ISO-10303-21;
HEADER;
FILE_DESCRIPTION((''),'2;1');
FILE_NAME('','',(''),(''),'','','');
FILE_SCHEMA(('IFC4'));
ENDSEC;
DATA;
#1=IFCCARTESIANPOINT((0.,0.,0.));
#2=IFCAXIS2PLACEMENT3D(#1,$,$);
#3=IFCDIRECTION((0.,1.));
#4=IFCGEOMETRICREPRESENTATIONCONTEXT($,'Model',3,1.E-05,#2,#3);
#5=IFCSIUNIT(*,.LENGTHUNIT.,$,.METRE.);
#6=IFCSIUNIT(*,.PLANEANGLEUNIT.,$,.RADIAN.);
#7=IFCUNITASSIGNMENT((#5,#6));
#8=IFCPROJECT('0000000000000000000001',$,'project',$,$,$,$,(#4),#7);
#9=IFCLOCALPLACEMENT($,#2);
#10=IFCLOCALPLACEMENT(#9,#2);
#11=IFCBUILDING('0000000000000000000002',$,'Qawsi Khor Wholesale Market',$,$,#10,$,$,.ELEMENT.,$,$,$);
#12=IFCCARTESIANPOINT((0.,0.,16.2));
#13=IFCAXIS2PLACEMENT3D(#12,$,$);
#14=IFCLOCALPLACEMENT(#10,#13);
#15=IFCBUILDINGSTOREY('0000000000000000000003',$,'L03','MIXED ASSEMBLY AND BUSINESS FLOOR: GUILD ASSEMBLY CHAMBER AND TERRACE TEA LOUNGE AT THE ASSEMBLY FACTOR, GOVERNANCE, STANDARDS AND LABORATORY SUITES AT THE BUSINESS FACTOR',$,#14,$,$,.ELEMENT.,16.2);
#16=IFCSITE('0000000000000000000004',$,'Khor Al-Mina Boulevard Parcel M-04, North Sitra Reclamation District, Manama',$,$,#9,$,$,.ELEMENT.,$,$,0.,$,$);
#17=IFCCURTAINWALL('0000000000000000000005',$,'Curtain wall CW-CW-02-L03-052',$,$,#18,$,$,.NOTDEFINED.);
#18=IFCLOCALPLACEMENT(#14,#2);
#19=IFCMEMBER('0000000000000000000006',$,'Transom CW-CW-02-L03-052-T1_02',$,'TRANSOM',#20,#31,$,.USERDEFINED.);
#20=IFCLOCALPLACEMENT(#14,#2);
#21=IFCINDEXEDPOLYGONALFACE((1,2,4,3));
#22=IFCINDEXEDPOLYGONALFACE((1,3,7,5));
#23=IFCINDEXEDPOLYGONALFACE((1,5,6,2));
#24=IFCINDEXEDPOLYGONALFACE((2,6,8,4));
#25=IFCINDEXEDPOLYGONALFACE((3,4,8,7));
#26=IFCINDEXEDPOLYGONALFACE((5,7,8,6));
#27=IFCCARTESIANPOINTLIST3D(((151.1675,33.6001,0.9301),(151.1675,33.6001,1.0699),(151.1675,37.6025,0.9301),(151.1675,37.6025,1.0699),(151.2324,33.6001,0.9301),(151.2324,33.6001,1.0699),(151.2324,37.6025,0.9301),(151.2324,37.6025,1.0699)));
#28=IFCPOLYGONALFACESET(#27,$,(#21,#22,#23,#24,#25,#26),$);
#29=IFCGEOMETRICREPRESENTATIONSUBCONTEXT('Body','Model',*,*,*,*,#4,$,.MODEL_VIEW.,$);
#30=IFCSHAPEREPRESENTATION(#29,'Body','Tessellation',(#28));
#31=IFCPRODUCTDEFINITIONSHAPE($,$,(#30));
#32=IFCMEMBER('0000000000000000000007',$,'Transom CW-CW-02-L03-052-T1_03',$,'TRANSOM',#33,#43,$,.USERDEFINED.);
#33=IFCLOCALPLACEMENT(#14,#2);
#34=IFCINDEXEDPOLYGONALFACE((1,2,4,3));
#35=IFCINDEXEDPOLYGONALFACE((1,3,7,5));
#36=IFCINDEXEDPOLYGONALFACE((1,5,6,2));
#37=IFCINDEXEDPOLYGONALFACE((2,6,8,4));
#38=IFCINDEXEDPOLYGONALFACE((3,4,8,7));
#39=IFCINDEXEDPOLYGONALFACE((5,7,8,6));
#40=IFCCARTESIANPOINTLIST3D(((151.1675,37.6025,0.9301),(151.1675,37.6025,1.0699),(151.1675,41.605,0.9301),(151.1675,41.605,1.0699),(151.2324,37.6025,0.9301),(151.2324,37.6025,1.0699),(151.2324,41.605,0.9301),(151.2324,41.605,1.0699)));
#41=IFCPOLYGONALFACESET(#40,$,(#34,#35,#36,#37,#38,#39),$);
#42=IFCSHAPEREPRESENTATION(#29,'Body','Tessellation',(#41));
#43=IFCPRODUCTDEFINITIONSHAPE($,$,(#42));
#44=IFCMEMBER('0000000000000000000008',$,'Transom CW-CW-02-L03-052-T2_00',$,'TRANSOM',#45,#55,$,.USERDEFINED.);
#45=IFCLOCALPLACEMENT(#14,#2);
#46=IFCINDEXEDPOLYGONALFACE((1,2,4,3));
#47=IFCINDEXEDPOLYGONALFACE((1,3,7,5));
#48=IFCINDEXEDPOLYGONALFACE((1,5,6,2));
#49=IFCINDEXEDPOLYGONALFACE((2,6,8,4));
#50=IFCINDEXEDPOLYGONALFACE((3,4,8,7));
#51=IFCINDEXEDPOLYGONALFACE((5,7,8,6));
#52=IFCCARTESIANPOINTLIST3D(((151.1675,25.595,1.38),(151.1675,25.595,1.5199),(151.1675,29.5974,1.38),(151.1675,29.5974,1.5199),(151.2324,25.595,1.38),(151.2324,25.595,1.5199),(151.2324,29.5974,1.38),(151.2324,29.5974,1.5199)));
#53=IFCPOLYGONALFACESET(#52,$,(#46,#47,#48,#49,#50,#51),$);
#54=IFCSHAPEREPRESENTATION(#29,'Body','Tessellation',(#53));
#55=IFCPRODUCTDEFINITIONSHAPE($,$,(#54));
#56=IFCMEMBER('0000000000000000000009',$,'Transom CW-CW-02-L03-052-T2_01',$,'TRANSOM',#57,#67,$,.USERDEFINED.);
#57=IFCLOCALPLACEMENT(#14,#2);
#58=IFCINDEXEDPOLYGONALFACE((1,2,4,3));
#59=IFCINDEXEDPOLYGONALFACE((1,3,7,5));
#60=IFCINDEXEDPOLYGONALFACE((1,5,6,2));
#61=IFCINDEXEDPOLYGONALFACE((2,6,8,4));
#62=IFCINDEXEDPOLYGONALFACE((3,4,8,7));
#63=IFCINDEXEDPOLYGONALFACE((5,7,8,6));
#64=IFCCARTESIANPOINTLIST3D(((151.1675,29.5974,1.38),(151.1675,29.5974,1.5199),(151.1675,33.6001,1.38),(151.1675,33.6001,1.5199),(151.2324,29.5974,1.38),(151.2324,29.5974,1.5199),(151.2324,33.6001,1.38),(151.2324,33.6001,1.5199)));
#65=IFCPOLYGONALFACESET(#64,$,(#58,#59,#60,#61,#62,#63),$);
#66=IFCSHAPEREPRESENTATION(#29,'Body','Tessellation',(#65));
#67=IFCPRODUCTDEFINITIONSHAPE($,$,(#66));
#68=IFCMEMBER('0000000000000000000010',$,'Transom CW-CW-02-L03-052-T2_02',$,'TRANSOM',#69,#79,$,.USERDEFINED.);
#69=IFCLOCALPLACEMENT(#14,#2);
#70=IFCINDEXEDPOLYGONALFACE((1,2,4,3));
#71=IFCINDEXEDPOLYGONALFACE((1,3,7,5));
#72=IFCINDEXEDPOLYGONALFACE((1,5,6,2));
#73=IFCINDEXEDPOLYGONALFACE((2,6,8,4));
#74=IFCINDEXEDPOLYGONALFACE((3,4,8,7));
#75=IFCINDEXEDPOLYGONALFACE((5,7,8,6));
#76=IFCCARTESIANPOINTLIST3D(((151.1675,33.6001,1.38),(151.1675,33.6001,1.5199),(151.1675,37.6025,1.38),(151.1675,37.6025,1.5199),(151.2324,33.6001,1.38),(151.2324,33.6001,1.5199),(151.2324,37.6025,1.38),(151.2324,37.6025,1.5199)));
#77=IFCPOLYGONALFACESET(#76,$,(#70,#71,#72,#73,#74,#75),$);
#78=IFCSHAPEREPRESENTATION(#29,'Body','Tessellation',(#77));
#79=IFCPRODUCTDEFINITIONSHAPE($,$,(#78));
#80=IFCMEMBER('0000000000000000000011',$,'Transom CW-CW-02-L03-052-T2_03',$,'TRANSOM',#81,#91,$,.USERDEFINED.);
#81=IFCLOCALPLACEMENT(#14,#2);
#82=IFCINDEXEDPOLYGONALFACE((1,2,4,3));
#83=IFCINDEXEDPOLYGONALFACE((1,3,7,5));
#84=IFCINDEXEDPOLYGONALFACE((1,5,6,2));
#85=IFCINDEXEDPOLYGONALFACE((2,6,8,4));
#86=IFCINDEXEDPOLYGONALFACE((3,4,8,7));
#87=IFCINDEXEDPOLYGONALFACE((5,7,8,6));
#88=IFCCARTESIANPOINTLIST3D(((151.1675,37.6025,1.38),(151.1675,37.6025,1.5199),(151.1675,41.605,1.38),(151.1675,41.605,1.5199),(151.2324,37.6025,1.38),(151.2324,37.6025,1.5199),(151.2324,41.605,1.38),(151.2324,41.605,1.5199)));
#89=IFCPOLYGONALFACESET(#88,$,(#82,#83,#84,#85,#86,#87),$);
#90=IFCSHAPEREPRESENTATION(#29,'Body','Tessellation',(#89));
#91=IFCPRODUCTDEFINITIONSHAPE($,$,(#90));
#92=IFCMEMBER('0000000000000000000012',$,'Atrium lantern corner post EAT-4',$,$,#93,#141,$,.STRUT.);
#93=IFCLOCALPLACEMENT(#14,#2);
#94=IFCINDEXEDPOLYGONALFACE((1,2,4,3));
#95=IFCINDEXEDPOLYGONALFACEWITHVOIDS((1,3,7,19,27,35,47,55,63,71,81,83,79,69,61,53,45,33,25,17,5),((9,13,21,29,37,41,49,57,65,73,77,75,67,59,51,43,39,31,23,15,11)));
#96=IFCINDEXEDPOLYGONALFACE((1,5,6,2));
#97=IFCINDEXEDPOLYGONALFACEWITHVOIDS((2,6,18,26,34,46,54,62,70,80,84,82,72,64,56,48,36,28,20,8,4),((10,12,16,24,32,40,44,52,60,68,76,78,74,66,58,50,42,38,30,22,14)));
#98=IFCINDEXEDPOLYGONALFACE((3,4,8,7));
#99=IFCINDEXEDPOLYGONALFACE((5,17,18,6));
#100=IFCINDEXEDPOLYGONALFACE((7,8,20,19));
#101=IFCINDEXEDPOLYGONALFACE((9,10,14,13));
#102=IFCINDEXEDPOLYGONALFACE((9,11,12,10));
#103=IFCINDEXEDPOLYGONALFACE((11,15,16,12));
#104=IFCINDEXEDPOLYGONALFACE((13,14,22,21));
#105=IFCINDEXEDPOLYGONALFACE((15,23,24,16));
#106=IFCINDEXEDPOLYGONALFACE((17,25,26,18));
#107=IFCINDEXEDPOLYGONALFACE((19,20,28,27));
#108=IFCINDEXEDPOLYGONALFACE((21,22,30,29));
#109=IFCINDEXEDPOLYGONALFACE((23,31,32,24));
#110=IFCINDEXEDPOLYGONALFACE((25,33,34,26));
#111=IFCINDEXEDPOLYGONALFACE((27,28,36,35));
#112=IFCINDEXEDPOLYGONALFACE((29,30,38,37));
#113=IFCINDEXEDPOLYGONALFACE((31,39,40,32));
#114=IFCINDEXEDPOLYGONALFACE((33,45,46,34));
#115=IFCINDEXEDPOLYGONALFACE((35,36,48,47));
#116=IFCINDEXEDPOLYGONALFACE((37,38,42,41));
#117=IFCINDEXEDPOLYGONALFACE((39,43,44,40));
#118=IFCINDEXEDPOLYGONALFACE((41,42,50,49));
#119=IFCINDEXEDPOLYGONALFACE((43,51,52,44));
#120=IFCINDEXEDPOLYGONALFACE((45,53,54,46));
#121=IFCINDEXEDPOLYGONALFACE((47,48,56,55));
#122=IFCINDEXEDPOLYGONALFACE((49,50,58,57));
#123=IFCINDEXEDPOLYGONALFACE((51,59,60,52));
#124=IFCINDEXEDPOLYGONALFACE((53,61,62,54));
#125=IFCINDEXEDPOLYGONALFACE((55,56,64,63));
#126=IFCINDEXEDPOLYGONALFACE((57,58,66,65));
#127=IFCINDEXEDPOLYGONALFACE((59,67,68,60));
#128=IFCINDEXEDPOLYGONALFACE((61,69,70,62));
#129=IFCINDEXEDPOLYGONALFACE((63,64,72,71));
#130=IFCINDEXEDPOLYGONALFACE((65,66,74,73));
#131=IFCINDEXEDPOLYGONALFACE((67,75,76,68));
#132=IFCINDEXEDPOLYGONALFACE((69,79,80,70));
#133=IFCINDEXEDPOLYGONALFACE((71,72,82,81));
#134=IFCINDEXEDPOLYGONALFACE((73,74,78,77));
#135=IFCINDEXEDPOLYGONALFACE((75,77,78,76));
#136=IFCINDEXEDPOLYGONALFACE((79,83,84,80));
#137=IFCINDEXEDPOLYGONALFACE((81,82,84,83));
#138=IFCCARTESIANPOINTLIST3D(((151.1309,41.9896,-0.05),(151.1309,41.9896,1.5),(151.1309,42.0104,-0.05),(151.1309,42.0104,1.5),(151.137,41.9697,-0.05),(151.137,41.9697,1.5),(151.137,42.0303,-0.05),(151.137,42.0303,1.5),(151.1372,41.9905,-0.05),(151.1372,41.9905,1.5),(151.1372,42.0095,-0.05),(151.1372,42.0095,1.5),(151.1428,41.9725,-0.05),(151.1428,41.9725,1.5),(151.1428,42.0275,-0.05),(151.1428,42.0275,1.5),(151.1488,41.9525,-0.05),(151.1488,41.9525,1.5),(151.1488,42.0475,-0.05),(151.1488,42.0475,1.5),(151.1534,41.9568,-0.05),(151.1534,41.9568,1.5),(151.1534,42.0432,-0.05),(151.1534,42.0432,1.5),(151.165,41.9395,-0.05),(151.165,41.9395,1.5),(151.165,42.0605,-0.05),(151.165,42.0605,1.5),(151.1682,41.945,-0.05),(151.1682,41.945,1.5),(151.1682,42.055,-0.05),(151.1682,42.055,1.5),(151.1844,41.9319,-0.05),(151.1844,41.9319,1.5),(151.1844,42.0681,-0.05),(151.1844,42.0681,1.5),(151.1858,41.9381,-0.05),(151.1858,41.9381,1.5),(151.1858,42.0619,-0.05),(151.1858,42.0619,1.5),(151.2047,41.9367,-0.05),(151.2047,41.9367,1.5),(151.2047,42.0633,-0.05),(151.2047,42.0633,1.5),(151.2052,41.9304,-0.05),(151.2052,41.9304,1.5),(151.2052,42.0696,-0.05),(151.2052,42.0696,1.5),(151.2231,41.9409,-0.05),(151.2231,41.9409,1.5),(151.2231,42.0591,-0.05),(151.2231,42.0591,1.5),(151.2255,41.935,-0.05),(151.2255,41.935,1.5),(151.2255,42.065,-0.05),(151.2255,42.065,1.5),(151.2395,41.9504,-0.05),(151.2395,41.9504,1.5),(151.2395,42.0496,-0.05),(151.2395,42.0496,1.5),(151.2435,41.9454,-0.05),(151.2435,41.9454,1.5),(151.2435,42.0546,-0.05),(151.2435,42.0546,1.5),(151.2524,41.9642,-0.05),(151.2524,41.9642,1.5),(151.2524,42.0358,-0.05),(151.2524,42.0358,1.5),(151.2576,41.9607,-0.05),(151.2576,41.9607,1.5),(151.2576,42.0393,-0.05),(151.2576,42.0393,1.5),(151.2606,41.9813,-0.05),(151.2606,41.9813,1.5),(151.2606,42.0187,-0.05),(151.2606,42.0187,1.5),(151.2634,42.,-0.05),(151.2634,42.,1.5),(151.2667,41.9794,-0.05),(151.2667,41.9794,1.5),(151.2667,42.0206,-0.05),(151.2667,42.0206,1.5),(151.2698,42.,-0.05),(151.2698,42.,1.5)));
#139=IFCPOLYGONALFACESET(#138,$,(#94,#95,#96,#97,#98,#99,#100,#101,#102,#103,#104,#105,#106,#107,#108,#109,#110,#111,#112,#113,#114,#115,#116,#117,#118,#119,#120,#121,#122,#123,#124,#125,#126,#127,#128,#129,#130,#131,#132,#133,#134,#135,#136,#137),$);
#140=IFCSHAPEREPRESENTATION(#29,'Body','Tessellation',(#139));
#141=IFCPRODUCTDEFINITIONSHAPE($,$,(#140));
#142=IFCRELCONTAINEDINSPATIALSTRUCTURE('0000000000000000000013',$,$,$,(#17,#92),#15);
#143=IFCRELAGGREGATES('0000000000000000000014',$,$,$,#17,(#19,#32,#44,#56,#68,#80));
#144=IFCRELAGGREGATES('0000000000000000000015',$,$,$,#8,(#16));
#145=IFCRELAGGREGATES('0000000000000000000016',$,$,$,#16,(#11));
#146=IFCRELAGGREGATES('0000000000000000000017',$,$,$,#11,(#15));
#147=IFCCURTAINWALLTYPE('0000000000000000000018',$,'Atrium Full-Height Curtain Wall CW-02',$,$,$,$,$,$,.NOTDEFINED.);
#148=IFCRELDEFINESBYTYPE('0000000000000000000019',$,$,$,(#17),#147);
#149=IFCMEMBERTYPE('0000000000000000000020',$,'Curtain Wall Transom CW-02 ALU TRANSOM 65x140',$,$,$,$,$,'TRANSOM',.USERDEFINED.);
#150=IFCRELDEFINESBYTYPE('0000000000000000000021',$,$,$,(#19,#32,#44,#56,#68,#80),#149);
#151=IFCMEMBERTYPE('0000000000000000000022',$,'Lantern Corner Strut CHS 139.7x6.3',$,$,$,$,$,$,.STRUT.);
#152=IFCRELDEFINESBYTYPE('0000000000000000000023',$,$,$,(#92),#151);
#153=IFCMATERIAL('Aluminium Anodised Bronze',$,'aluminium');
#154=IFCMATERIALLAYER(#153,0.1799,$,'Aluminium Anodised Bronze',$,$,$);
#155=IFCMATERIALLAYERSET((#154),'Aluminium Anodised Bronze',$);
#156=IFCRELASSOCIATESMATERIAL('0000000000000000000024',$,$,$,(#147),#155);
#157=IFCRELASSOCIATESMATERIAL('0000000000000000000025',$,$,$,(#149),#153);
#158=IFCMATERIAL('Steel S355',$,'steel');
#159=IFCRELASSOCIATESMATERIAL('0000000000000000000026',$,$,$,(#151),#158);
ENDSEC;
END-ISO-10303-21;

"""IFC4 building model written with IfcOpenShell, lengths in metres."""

from ifc_helpers import new_model, si_unit, direction, frame, origin, origin_2d, place, context, subcontext, project, spatial, rectangle, hollow_circle, extrude, material, layer, layer_set, material_profile, profile_set, type_object, element, aggregate, save


model = new_model("IFC4")

# Units and contexts
model_context = context("Model", 3, precision=1e-05, world=origin(), true_north=direction((0.0, 1.0)))
body_context = subcontext(model_context, "Body", "Model", "MODEL_VIEW")
ifc_project = project(units=[si_unit("LENGTHUNIT", "METRE"), si_unit("PLANEANGLEUNIT", "RADIAN")], contexts=[model_context])

# Site, building, storey
site_placement = place(None, origin())
site = spatial("IfcSite", under=ifc_project, at=site_placement, Name="Khor Al-Mina Boulevard Parcel M-04, North Sitra Reclamation District, Manama", CompositionType="ELEMENT", RefElevation=0.0)
building_placement = place(site_placement, origin())
building = spatial("IfcBuilding", under=site, at=building_placement, Name="Qawsi Khor Wholesale Market", CompositionType="ELEMENT")
storey_placement = place(building_placement, frame((0.0, 0.0, 16.2)))
storey = spatial("IfcBuildingStorey", under=building, at=storey_placement, Name="L03", Description="MIXED ASSEMBLY AND BUSINESS FLOOR: GUILD ASSEMBLY CHAMBER AND TERRACE TEA LOUNGE AT THE ASSEMBLY FACTOR, GOVERNANCE, STANDARDS AND LABORATORY SUITES AT THE BUSINESS FACTOR", CompositionType="ELEMENT", Elevation=16.2)

# Shared definitions
ifc_material_1 = material(Name="Aluminium Anodised Bronze", Category="aluminium")
ifc_layer_1 = layer(ifc_material_1, 0.1799, Name="Aluminium Anodised Bronze")
ifc_layer_set_1 = layer_set([ifc_layer_1], Name="Aluminium Anodised Bronze")
curtain_wall_type = type_object("IfcCurtainWallType", Name="Atrium Full-Height Curtain Wall CW-02", PredefinedType="NOTDEFINED", material=ifc_layer_set_1)

# Curtain wall
curtain_wall_1_placement = place(storey_placement, origin())
curtain_wall_1 = element("IfcCurtainWall", 1, at=curtain_wall_1_placement, inside=storey, type_object=curtain_wall_type, Name="Curtain wall CW-CW-02-L03-052", PredefinedType="NOTDEFINED")

# Members
ifc_material_profile_1 = material_profile(ifc_material_1, rectangle(XDim=0.0649, YDim=0.1399, at=origin_2d()), Name="ALU TRANSOM 65x140")
ifc_profile_set_1 = profile_set([ifc_material_profile_1], Name="Aluminium Anodised Bronze")
member_type_1 = type_object("IfcMemberType", Name="Curtain Wall Transom CW-02 ALU TRANSOM 65x140", ElementType="TRANSOM", PredefinedType="USERDEFINED", material=ifc_profile_set_1)
member_1_placement = place(storey_placement, frame((151.2, 33.6001, 1.0), z_axis=(0.0, 1.0, 0.0), x_axis=(-1.0, 0.0, 0.0)))
member_1 = element("IfcMember", 2, at=member_1_placement, type_object=member_type_1, Name="Transom CW-CW-02-L03-052-T1_02", ObjectType="TRANSOM", PredefinedType="USERDEFINED", context=body_context, shape_type="SweptSolid", body=[
    extrude(rectangle(XDim=0.0649, YDim=0.1399, at=origin_2d()), origin(), (0.0, 0.0, 1.0), 4.0024),
])
member_2_placement = place(storey_placement, frame((151.2, 37.6025, 1.0), z_axis=(0.0, 1.0, 0.0), x_axis=(-1.0, 0.0, 0.0)))
member_2 = element("IfcMember", 3, at=member_2_placement, type_object=member_type_1, Name="Transom CW-CW-02-L03-052-T1_03", ObjectType="TRANSOM", PredefinedType="USERDEFINED", context=body_context, shape_type="SweptSolid", body=[
    extrude(rectangle(XDim=0.0649, YDim=0.1399, at=origin_2d()), origin(), (0.0, 0.0, 1.0), 4.0024),
])
member_3_placement = place(storey_placement, frame((151.2, 25.595, 1.45), z_axis=(0.0, 1.0, 0.0), x_axis=(-1.0, 0.0, 0.0)))
member_3 = element("IfcMember", 4, at=member_3_placement, type_object=member_type_1, Name="Transom CW-CW-02-L03-052-T2_00", ObjectType="TRANSOM", PredefinedType="USERDEFINED", context=body_context, shape_type="SweptSolid", body=[
    extrude(rectangle(XDim=0.0649, YDim=0.1399, at=origin_2d()), origin(), (0.0, 0.0, 1.0), 4.0024),
])
member_4_placement = place(storey_placement, frame((151.2, 29.5974, 1.45), z_axis=(0.0, 1.0, 0.0), x_axis=(-1.0, 0.0, 0.0)))
member_4 = element("IfcMember", 5, at=member_4_placement, type_object=member_type_1, Name="Transom CW-CW-02-L03-052-T2_01", ObjectType="TRANSOM", PredefinedType="USERDEFINED", context=body_context, shape_type="SweptSolid", body=[
    extrude(rectangle(XDim=0.0649, YDim=0.1399, at=origin_2d()), origin(), (0.0, 0.0, 1.0), 4.0027),
])
member_5_placement = place(storey_placement, frame((151.2, 33.6001, 1.45), z_axis=(0.0, 1.0, 0.0), x_axis=(-1.0, 0.0, 0.0)))
member_5 = element("IfcMember", 6, at=member_5_placement, type_object=member_type_1, Name="Transom CW-CW-02-L03-052-T2_02", ObjectType="TRANSOM", PredefinedType="USERDEFINED", context=body_context, shape_type="SweptSolid", body=[
    extrude(rectangle(XDim=0.0649, YDim=0.1399, at=origin_2d()), origin(), (0.0, 0.0, 1.0), 4.0024),
])
member_6_placement = place(storey_placement, frame((151.2, 37.6025, 1.45), z_axis=(0.0, 1.0, 0.0), x_axis=(-1.0, 0.0, 0.0)))
member_6 = element("IfcMember", 7, at=member_6_placement, type_object=member_type_1, Name="Transom CW-CW-02-L03-052-T2_03", ObjectType="TRANSOM", PredefinedType="USERDEFINED", context=body_context, shape_type="SweptSolid", body=[
    extrude(rectangle(XDim=0.0649, YDim=0.1399, at=origin_2d()), origin(), (0.0, 0.0, 1.0), 4.0024),
])
ifc_material_2 = material(Name="Steel S355", Category="steel")
ifc_material_profile_2 = material_profile(ifc_material_2, hollow_circle(Radius=0.0698, WallThickness=0.0063, at=origin_2d()), Name="CHS 139.7x6.3")
ifc_profile_set_2 = profile_set([ifc_material_profile_2], Name="Steel S355")
member_type_2 = type_object("IfcMemberType", Name="Lantern Corner Strut CHS 139.7x6.3", PredefinedType="STRUT", material=ifc_profile_set_2)
member_7_placement = place(storey_placement, frame((151.2, 42.0, -0.05), z_axis=(0.0, 0.0, 1.0), x_axis=(1.0, 0.0, 0.0)))
element("IfcMember", 8, at=member_7_placement, inside=storey, type_object=member_type_2, Name="Atrium lantern corner post EAT-4", PredefinedType="STRUT", context=body_context, shape_type="SweptSolid", body=[
    extrude(hollow_circle(Radius=0.0698, WallThickness=0.0063, at=origin_2d()), origin(), (0.0, 0.0, 1.0), 1.55),
])

aggregate(curtain_wall_1, [member_1, member_2, member_3, member_4, member_5, member_6])

save(model, "model.ifc")
